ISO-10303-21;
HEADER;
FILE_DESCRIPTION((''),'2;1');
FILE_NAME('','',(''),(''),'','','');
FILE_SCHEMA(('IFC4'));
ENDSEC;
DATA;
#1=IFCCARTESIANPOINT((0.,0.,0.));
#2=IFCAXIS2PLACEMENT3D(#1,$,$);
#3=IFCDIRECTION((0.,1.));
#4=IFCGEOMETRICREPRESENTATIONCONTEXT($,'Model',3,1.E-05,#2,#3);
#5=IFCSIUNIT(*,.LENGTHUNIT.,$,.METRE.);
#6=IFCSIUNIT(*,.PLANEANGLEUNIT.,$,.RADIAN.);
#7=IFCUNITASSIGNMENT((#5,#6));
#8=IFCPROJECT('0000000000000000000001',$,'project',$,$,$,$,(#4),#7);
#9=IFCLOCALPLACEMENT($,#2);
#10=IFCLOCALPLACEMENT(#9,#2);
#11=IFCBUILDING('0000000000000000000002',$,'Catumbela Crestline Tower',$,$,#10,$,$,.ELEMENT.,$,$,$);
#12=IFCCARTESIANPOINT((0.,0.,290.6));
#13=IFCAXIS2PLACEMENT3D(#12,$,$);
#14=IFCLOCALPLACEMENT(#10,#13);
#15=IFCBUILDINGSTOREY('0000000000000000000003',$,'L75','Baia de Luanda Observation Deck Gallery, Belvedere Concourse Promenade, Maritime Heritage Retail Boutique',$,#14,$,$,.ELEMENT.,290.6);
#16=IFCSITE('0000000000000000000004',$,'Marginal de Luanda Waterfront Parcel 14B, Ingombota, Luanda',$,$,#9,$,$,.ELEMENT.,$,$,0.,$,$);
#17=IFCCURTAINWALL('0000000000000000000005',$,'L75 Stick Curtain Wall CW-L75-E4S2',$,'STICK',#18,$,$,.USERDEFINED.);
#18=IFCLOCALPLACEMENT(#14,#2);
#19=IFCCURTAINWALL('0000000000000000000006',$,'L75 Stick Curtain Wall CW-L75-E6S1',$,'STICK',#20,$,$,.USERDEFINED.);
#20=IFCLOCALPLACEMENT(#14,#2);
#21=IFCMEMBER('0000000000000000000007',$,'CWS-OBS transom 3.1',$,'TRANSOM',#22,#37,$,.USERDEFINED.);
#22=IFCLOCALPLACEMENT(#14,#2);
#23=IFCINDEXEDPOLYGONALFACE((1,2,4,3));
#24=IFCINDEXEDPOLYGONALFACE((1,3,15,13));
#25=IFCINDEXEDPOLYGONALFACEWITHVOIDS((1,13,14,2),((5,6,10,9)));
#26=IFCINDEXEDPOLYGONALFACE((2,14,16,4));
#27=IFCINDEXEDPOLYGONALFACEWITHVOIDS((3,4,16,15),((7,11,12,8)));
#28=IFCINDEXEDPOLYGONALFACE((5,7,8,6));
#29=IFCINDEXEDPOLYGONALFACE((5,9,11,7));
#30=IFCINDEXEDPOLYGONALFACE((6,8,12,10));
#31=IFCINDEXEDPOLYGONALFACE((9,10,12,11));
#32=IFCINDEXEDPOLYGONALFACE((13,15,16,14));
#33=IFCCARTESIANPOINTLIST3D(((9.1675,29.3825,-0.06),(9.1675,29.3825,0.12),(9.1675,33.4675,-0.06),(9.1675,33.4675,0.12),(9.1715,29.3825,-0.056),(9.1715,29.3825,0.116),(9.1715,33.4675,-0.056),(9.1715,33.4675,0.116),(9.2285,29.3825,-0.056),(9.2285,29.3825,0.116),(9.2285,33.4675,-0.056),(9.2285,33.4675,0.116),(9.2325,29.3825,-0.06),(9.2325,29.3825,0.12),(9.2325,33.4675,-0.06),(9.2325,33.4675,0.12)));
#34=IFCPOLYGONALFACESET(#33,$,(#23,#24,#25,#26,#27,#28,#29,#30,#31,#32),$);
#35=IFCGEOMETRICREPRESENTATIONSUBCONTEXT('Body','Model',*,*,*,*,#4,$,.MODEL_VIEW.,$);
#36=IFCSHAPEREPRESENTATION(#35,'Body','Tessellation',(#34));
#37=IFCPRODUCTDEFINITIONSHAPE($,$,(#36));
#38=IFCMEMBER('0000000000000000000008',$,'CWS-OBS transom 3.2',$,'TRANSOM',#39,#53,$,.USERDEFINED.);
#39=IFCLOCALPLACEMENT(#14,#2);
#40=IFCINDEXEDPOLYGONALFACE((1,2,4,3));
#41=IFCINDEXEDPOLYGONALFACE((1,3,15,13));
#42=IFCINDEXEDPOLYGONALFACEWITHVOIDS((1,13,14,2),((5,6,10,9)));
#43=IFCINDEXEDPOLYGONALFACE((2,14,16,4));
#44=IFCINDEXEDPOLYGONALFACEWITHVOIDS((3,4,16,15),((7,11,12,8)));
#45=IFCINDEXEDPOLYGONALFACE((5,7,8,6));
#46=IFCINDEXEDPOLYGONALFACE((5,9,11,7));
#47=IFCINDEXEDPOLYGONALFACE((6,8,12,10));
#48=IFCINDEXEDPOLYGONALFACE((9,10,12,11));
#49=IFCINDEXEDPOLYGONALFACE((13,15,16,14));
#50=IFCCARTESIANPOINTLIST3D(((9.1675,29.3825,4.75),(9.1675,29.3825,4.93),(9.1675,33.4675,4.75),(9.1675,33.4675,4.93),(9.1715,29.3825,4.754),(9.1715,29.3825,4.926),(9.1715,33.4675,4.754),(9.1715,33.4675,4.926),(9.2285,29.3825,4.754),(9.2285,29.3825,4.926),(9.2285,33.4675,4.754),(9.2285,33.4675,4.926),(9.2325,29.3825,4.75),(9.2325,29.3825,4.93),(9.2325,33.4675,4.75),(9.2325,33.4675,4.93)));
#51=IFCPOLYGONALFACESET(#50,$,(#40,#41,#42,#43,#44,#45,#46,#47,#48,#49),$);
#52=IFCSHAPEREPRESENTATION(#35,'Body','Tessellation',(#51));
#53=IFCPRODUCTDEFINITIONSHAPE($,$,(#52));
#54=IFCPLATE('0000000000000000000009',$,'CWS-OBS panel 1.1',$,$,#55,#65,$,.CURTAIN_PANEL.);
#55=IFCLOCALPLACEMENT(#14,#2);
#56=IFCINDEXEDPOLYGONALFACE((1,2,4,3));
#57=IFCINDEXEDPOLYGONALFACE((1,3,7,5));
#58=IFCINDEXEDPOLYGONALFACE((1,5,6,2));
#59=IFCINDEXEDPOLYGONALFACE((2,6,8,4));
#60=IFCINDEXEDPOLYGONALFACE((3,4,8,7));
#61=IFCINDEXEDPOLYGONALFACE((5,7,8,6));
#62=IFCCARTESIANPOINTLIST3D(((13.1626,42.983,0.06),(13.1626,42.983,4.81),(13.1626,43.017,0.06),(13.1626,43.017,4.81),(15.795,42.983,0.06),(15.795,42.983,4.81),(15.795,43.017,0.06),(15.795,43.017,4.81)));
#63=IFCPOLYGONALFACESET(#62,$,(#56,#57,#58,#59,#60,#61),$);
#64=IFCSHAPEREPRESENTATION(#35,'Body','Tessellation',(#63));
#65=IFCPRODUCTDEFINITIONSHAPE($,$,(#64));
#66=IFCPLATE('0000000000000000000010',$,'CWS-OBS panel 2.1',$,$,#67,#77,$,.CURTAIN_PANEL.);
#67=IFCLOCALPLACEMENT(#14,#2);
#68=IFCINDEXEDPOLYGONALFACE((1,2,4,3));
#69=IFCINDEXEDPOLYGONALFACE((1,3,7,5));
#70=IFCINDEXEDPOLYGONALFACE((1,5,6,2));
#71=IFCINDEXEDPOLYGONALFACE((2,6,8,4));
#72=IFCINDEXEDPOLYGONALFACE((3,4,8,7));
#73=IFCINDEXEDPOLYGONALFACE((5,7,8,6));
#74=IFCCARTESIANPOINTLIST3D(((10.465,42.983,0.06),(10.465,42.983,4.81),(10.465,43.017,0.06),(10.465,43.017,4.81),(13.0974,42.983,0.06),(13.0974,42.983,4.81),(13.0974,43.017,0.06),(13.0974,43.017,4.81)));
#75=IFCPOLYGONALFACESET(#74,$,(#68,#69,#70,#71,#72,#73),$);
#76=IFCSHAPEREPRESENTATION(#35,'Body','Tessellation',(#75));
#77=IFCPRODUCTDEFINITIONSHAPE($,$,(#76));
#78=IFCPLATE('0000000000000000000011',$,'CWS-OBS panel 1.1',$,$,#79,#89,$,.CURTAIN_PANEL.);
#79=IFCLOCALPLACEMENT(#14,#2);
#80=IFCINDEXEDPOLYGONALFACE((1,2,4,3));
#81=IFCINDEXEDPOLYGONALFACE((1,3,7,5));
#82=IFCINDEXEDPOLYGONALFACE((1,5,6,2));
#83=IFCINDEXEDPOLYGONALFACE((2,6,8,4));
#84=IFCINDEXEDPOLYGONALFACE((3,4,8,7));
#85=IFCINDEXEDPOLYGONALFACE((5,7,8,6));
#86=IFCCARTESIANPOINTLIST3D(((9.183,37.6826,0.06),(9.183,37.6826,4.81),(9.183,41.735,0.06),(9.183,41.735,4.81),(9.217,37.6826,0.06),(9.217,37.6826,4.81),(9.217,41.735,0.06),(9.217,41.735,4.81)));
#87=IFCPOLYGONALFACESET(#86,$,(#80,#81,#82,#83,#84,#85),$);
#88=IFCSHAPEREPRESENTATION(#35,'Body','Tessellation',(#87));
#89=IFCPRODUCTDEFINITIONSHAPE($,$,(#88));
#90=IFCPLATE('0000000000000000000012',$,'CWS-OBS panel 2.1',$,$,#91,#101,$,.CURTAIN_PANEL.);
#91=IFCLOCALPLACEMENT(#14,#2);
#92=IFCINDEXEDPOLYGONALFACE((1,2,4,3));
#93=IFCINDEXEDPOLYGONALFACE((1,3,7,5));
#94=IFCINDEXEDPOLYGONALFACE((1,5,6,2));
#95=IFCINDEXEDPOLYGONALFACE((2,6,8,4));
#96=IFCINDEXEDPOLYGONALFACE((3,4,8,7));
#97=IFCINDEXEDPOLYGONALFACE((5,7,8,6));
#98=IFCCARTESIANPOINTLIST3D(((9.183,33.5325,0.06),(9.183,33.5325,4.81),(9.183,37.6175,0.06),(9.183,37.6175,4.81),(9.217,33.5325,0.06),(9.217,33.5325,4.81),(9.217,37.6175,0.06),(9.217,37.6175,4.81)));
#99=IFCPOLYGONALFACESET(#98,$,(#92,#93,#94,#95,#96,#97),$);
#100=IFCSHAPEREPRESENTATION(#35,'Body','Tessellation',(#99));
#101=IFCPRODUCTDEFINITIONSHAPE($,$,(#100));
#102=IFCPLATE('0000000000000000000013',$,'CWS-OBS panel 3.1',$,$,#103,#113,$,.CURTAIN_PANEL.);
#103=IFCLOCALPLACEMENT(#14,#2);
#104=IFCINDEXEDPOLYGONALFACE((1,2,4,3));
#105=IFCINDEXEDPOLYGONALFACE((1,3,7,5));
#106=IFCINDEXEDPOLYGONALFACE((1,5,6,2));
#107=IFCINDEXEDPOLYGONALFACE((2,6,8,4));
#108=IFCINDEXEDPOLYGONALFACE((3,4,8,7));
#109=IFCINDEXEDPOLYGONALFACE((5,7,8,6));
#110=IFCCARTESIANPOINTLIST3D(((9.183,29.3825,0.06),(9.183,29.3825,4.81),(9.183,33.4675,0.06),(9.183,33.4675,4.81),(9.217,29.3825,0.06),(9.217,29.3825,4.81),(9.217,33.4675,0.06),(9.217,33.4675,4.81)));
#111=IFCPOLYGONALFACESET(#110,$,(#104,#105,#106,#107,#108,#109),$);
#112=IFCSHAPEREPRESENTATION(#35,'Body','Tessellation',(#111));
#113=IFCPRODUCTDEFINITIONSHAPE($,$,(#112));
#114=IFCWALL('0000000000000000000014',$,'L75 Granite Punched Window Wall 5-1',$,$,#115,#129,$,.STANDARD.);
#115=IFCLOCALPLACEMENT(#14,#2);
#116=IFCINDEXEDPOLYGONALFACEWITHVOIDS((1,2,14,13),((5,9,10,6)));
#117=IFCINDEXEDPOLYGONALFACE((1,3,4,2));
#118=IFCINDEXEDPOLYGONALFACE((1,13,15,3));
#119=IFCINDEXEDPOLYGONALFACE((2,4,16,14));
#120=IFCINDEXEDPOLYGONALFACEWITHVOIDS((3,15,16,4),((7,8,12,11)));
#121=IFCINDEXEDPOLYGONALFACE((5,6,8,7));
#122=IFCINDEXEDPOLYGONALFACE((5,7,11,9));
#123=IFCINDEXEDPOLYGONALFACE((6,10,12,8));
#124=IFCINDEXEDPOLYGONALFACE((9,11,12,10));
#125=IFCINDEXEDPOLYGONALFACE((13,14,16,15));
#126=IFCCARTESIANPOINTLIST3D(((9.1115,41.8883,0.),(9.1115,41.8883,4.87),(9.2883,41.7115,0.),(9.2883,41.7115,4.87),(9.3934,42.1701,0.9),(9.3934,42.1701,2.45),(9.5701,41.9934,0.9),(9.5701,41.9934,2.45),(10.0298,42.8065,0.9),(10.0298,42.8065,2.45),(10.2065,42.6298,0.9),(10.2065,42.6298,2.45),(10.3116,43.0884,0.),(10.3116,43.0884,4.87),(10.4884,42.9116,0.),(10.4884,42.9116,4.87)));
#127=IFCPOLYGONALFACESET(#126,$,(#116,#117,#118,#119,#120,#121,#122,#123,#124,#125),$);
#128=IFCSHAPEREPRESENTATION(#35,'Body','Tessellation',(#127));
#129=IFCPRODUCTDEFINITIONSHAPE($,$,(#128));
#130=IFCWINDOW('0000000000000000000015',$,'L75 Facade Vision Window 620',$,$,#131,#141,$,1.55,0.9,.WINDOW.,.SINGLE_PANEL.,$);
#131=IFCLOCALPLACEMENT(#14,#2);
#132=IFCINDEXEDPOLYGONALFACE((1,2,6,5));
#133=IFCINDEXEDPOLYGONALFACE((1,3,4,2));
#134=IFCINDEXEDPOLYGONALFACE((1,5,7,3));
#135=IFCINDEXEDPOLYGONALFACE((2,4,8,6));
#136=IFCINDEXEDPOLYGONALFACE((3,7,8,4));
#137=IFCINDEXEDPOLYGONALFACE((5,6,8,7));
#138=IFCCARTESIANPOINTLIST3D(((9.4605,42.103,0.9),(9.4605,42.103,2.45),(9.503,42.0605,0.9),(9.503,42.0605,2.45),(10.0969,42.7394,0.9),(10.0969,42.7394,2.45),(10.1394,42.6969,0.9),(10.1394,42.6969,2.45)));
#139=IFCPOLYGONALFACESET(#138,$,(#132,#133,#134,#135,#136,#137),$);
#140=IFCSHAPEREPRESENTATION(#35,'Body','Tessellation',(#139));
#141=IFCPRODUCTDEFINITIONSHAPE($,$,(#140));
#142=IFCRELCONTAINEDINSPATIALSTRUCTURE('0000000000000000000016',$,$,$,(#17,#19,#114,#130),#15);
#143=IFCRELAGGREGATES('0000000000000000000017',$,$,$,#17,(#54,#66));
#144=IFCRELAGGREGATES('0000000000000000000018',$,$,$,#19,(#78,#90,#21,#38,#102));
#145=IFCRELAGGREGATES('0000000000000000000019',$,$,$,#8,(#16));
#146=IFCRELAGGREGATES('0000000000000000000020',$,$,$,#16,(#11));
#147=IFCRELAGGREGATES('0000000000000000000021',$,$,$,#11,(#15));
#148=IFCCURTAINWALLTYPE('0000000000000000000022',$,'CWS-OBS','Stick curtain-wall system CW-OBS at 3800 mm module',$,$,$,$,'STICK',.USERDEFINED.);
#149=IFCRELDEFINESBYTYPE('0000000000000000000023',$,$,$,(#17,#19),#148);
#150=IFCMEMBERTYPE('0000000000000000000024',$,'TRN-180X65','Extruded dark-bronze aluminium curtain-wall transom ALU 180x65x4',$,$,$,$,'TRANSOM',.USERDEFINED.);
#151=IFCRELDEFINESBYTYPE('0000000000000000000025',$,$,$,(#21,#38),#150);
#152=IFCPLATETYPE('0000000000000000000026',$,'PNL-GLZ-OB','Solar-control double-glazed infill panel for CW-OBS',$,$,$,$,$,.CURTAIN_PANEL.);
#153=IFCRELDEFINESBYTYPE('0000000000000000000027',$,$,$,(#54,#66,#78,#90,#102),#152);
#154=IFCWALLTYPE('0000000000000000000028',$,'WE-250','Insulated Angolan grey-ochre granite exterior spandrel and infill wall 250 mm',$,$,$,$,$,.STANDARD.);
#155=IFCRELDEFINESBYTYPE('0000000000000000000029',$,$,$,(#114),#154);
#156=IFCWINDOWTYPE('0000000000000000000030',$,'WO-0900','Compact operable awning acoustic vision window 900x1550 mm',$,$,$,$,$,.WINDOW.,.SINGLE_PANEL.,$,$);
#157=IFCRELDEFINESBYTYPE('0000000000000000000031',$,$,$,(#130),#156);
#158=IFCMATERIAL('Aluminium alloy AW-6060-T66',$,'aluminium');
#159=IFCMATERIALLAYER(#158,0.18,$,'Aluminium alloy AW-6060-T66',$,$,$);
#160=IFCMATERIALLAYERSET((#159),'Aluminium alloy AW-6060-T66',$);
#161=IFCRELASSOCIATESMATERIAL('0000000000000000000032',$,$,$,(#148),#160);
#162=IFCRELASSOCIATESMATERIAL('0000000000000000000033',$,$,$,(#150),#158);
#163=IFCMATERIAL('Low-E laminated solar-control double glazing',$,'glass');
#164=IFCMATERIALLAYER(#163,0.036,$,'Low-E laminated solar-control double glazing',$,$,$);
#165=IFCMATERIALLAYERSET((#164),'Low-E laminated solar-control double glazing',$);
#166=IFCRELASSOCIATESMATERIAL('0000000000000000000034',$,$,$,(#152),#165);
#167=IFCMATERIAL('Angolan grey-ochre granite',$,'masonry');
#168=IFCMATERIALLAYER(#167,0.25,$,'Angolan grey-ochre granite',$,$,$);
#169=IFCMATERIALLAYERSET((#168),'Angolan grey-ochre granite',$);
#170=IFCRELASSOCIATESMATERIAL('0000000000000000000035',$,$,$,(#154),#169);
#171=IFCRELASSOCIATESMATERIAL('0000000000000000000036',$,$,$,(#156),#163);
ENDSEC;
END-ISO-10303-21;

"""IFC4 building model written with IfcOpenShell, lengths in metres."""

from ifc_helpers import new_model, si_unit, direction, frame, frame_2d, origin, origin_2d, place, context, subcontext, project, spatial, rectangle, hollow_rectangle, extrude, material, layer, layer_set, material_profile, profile_set, type_object, element, fill, aggregate, save


model = new_model("IFC4")

# Units and contexts
model_context = context("Model", 3, precision=1e-05, world=origin(), true_north=direction((0.0, 1.0)))
body_context = subcontext(model_context, "Body", "Model", "MODEL_VIEW")
ifc_project = project(units=[si_unit("LENGTHUNIT", "METRE"), si_unit("PLANEANGLEUNIT", "RADIAN")], contexts=[model_context])

# Site, building, storey
site_placement = place(None, origin())
site = spatial("IfcSite", under=ifc_project, at=site_placement, Name="Marginal de Luanda Waterfront Parcel 14B, Ingombota, Luanda", CompositionType="ELEMENT", RefElevation=0.0)
building_placement = place(site_placement, origin())
building = spatial("IfcBuilding", under=site, at=building_placement, Name="Catumbela Crestline Tower", CompositionType="ELEMENT")
storey_placement = place(building_placement, frame((0.0, 0.0, 290.6)))
storey = spatial("IfcBuildingStorey", under=building, at=storey_placement, Name="L75", Description="Baia de Luanda Observation Deck Gallery, Belvedere Concourse Promenade, Maritime Heritage Retail Boutique", CompositionType="ELEMENT", Elevation=290.6)

# Curtain walls
ifc_material_1 = material(Name="Aluminium alloy AW-6060-T66", Category="aluminium")
ifc_layer_1 = layer(ifc_material_1, 0.18, Name="Aluminium alloy AW-6060-T66")
ifc_layer_set_1 = layer_set([ifc_layer_1], Name="Aluminium alloy AW-6060-T66")
curtain_wall_type = type_object("IfcCurtainWallType", Name="CWS-OBS", Description="Stick curtain-wall system CW-OBS at 3800 mm module", ElementType="STICK", PredefinedType="USERDEFINED", material=ifc_layer_set_1)
curtain_wall_1_placement = place(storey_placement, origin())
curtain_wall_1 = element("IfcCurtainWall", 1, at=curtain_wall_1_placement, inside=storey, type_object=curtain_wall_type, Name="L75 Stick Curtain Wall CW-L75-E4S2", ObjectType="STICK", PredefinedType="USERDEFINED")
curtain_wall_2_placement = place(storey_placement, origin())
curtain_wall_2 = element("IfcCurtainWall", 2, at=curtain_wall_2_placement, inside=storey, type_object=curtain_wall_type, Name="L75 Stick Curtain Wall CW-L75-E6S1", ObjectType="STICK", PredefinedType="USERDEFINED")

# Members
ifc_material_profile_1 = material_profile(ifc_material_1, hollow_rectangle(XDim=0.065, YDim=0.18, WallThickness=0.004, at=origin_2d()), Name="ALU 180x65x4")
ifc_profile_set_1 = profile_set([ifc_material_profile_1], Name="Aluminium alloy AW-6060-T66")
member_type_1 = type_object("IfcMemberType", Name="TRN-180X65", Description="Extruded dark-bronze aluminium curtain-wall transom ALU 180x65x4", ElementType="TRANSOM", PredefinedType="USERDEFINED", material=ifc_profile_set_1)
member_1_placement = place(storey_placement, frame((9.2, 33.4675, 0.03), z_axis=(0.0, -1.0, 0.0), x_axis=(1.0, 0.0, 0.0)))
member_1 = element("IfcMember", 3, at=member_1_placement, type_object=member_type_1, Name="CWS-OBS transom 3.1", ObjectType="TRANSOM", PredefinedType="USERDEFINED", context=body_context, shape_type="SweptSolid", body=[
    extrude(hollow_rectangle(XDim=0.065, YDim=0.18, WallThickness=0.004, at=origin_2d()), origin(), (0.0, 0.0, 1.0), 4.085),
])
member_2_placement = place(storey_placement, frame((9.2, 33.4675, 4.84), z_axis=(0.0, -1.0, 0.0), x_axis=(1.0, 0.0, 0.0)))
member_2 = element("IfcMember", 4, at=member_2_placement, type_object=member_type_1, Name="CWS-OBS transom 3.2", ObjectType="TRANSOM", PredefinedType="USERDEFINED", context=body_context, shape_type="SweptSolid", body=[
    extrude(hollow_rectangle(XDim=0.065, YDim=0.18, WallThickness=0.004, at=origin_2d()), origin(), (0.0, 0.0, 1.0), 4.085),
])

# Plates
ifc_material_2 = material(Name="Low-E laminated solar-control double glazing", Category="glass")
ifc_layer_2 = layer(ifc_material_2, 0.036, Name="Low-E laminated solar-control double glazing")
ifc_layer_set_2 = layer_set([ifc_layer_2], Name="Low-E laminated solar-control double glazing")
plate_type = type_object("IfcPlateType", Name="PNL-GLZ-OB", Description="Solar-control double-glazed infill panel for CW-OBS", PredefinedType="CURTAIN_PANEL", material=ifc_layer_set_2)
plate_1_placement = place(storey_placement, frame((14.4788, 43.0, 0.06), z_axis=(0.0, 0.0, 1.0), x_axis=(-1.0, 0.0, 0.0)))
plate_1 = element("IfcPlate", 5, at=plate_1_placement, type_object=plate_type, Name="CWS-OBS panel 1.1", PredefinedType="CURTAIN_PANEL", context=body_context, shape_type="SweptSolid", body=[
    extrude(rectangle(XDim=2.6325, YDim=0.034, at=origin_2d()), origin(), (0.0, 0.0, 1.0), 4.75),
])
plate_2_placement = place(storey_placement, frame((11.7812, 43.0, 0.06), z_axis=(0.0, 0.0, 1.0), x_axis=(-1.0, 0.0, 0.0)))
plate_2 = element("IfcPlate", 6, at=plate_2_placement, type_object=plate_type, Name="CWS-OBS panel 2.1", PredefinedType="CURTAIN_PANEL", context=body_context, shape_type="SweptSolid", body=[
    extrude(rectangle(XDim=2.6325, YDim=0.034, at=origin_2d()), origin(), (0.0, 0.0, 1.0), 4.75),
])
aggregate(curtain_wall_1, [plate_1, plate_2])
plate_3_placement = place(storey_placement, frame((9.2, 39.7088, 0.06), z_axis=(0.0, 0.0, 1.0), x_axis=(0.0, -1.0, 0.0)))
plate_3 = element("IfcPlate", 7, at=plate_3_placement, type_object=plate_type, Name="CWS-OBS panel 1.1", PredefinedType="CURTAIN_PANEL", context=body_context, shape_type="SweptSolid", body=[
    extrude(rectangle(XDim=4.0525, YDim=0.034, at=origin_2d()), origin(), (0.0, 0.0, 1.0), 4.75),
])
plate_4_placement = place(storey_placement, frame((9.2, 35.575, 0.06), z_axis=(0.0, 0.0, 1.0), x_axis=(0.0, -1.0, 0.0)))
plate_4 = element("IfcPlate", 8, at=plate_4_placement, type_object=plate_type, Name="CWS-OBS panel 2.1", PredefinedType="CURTAIN_PANEL", context=body_context, shape_type="SweptSolid", body=[
    extrude(rectangle(XDim=4.085, YDim=0.034, at=origin_2d()), origin(), (0.0, 0.0, 1.0), 4.75),
])
plate_5_placement = place(storey_placement, frame((9.2, 31.425, 0.06), z_axis=(0.0, 0.0, 1.0), x_axis=(0.0, -1.0, 0.0)))
plate_5 = element("IfcPlate", 9, at=plate_5_placement, type_object=plate_type, Name="CWS-OBS panel 3.1", PredefinedType="CURTAIN_PANEL", context=body_context, shape_type="SweptSolid", body=[
    extrude(rectangle(XDim=4.085, YDim=0.034, at=origin_2d()), origin(), (0.0, 0.0, 1.0), 4.75),
])
aggregate(curtain_wall_2, [plate_3, plate_4, member_1, member_2, plate_5])

# Wall, opening, window
ifc_material_3 = material(Name="Angolan grey-ochre granite", Category="masonry")
ifc_layer_3 = layer(ifc_material_3, 0.25, Name="Angolan grey-ochre granite")
ifc_layer_set_3 = layer_set([ifc_layer_3], Name="Angolan grey-ochre granite")
wall_type_1 = type_object("IfcWallType", Name="WE-250", Description="Insulated Angolan grey-ochre granite exterior spandrel and infill wall 250 mm", PredefinedType="STANDARD", material=ifc_layer_set_3)
wall_1_placement = place(storey_placement, frame((10.4, 43.0, 0.0), z_axis=(0.0, 0.0, 1.0), x_axis=(-0.707107, -0.707107, 0.0)))
wall_1 = element("IfcWall", 10, at=wall_1_placement, inside=storey, type_object=wall_type_1, Name="L75 Granite Punched Window Wall 5-1", PredefinedType="STANDARD", context=body_context, shape_type="SweptSolid", body=[
    extrude(rectangle(XDim=1.6971, YDim=0.25, at=frame_2d((0.8486, 0.0))), origin(), (0.0, 0.0, 1.0), 4.87),
])
opening_1_placement = place(wall_1_placement, frame((0.3986, 0.0, 0.9)))
opening_1 = element("IfcOpeningElement", 11, at=opening_1_placement, cuts=wall_1, PredefinedType="OPENING", context=body_context, shape_type="SweptSolid", body=[
    extrude(rectangle(XDim=0.9, YDim=1.55, at=frame_2d((0.45, 0.775))), frame((0.0, 0.135, 0.0), z_axis=(0.0, -1.0, 0.0), x_axis=(1.0, 0.0, 0.0)), (0.0, 0.0, 1.0), 0.27),
])
window_type = type_object("IfcWindowType", Name="WO-0900", Description="Compact operable awning acoustic vision window 900x1550 mm", PartitioningType="SINGLE_PANEL", PredefinedType="WINDOW", material=ifc_material_2)
window_placement = place(opening_1_placement, origin())
window = element("IfcWindow", 12, at=window_placement, inside=storey, type_object=window_type, Name="L75 Facade Vision Window 620", OverallHeight=1.55, OverallWidth=0.9, PartitioningType="SINGLE_PANEL", PredefinedType="WINDOW", context=body_context, shape_type="SweptSolid", body=[
    extrude(rectangle(XDim=0.9, YDim=1.55, at=frame_2d((0.45, 0.775))), frame((0.0, 0.03, 0.0), z_axis=(0.0, -1.0, 0.0), x_axis=(1.0, 0.0, 0.0)), (0.0, 0.0, 1.0), 0.06),
])
fill(opening_1, window)

save(model, "model.ifc")
